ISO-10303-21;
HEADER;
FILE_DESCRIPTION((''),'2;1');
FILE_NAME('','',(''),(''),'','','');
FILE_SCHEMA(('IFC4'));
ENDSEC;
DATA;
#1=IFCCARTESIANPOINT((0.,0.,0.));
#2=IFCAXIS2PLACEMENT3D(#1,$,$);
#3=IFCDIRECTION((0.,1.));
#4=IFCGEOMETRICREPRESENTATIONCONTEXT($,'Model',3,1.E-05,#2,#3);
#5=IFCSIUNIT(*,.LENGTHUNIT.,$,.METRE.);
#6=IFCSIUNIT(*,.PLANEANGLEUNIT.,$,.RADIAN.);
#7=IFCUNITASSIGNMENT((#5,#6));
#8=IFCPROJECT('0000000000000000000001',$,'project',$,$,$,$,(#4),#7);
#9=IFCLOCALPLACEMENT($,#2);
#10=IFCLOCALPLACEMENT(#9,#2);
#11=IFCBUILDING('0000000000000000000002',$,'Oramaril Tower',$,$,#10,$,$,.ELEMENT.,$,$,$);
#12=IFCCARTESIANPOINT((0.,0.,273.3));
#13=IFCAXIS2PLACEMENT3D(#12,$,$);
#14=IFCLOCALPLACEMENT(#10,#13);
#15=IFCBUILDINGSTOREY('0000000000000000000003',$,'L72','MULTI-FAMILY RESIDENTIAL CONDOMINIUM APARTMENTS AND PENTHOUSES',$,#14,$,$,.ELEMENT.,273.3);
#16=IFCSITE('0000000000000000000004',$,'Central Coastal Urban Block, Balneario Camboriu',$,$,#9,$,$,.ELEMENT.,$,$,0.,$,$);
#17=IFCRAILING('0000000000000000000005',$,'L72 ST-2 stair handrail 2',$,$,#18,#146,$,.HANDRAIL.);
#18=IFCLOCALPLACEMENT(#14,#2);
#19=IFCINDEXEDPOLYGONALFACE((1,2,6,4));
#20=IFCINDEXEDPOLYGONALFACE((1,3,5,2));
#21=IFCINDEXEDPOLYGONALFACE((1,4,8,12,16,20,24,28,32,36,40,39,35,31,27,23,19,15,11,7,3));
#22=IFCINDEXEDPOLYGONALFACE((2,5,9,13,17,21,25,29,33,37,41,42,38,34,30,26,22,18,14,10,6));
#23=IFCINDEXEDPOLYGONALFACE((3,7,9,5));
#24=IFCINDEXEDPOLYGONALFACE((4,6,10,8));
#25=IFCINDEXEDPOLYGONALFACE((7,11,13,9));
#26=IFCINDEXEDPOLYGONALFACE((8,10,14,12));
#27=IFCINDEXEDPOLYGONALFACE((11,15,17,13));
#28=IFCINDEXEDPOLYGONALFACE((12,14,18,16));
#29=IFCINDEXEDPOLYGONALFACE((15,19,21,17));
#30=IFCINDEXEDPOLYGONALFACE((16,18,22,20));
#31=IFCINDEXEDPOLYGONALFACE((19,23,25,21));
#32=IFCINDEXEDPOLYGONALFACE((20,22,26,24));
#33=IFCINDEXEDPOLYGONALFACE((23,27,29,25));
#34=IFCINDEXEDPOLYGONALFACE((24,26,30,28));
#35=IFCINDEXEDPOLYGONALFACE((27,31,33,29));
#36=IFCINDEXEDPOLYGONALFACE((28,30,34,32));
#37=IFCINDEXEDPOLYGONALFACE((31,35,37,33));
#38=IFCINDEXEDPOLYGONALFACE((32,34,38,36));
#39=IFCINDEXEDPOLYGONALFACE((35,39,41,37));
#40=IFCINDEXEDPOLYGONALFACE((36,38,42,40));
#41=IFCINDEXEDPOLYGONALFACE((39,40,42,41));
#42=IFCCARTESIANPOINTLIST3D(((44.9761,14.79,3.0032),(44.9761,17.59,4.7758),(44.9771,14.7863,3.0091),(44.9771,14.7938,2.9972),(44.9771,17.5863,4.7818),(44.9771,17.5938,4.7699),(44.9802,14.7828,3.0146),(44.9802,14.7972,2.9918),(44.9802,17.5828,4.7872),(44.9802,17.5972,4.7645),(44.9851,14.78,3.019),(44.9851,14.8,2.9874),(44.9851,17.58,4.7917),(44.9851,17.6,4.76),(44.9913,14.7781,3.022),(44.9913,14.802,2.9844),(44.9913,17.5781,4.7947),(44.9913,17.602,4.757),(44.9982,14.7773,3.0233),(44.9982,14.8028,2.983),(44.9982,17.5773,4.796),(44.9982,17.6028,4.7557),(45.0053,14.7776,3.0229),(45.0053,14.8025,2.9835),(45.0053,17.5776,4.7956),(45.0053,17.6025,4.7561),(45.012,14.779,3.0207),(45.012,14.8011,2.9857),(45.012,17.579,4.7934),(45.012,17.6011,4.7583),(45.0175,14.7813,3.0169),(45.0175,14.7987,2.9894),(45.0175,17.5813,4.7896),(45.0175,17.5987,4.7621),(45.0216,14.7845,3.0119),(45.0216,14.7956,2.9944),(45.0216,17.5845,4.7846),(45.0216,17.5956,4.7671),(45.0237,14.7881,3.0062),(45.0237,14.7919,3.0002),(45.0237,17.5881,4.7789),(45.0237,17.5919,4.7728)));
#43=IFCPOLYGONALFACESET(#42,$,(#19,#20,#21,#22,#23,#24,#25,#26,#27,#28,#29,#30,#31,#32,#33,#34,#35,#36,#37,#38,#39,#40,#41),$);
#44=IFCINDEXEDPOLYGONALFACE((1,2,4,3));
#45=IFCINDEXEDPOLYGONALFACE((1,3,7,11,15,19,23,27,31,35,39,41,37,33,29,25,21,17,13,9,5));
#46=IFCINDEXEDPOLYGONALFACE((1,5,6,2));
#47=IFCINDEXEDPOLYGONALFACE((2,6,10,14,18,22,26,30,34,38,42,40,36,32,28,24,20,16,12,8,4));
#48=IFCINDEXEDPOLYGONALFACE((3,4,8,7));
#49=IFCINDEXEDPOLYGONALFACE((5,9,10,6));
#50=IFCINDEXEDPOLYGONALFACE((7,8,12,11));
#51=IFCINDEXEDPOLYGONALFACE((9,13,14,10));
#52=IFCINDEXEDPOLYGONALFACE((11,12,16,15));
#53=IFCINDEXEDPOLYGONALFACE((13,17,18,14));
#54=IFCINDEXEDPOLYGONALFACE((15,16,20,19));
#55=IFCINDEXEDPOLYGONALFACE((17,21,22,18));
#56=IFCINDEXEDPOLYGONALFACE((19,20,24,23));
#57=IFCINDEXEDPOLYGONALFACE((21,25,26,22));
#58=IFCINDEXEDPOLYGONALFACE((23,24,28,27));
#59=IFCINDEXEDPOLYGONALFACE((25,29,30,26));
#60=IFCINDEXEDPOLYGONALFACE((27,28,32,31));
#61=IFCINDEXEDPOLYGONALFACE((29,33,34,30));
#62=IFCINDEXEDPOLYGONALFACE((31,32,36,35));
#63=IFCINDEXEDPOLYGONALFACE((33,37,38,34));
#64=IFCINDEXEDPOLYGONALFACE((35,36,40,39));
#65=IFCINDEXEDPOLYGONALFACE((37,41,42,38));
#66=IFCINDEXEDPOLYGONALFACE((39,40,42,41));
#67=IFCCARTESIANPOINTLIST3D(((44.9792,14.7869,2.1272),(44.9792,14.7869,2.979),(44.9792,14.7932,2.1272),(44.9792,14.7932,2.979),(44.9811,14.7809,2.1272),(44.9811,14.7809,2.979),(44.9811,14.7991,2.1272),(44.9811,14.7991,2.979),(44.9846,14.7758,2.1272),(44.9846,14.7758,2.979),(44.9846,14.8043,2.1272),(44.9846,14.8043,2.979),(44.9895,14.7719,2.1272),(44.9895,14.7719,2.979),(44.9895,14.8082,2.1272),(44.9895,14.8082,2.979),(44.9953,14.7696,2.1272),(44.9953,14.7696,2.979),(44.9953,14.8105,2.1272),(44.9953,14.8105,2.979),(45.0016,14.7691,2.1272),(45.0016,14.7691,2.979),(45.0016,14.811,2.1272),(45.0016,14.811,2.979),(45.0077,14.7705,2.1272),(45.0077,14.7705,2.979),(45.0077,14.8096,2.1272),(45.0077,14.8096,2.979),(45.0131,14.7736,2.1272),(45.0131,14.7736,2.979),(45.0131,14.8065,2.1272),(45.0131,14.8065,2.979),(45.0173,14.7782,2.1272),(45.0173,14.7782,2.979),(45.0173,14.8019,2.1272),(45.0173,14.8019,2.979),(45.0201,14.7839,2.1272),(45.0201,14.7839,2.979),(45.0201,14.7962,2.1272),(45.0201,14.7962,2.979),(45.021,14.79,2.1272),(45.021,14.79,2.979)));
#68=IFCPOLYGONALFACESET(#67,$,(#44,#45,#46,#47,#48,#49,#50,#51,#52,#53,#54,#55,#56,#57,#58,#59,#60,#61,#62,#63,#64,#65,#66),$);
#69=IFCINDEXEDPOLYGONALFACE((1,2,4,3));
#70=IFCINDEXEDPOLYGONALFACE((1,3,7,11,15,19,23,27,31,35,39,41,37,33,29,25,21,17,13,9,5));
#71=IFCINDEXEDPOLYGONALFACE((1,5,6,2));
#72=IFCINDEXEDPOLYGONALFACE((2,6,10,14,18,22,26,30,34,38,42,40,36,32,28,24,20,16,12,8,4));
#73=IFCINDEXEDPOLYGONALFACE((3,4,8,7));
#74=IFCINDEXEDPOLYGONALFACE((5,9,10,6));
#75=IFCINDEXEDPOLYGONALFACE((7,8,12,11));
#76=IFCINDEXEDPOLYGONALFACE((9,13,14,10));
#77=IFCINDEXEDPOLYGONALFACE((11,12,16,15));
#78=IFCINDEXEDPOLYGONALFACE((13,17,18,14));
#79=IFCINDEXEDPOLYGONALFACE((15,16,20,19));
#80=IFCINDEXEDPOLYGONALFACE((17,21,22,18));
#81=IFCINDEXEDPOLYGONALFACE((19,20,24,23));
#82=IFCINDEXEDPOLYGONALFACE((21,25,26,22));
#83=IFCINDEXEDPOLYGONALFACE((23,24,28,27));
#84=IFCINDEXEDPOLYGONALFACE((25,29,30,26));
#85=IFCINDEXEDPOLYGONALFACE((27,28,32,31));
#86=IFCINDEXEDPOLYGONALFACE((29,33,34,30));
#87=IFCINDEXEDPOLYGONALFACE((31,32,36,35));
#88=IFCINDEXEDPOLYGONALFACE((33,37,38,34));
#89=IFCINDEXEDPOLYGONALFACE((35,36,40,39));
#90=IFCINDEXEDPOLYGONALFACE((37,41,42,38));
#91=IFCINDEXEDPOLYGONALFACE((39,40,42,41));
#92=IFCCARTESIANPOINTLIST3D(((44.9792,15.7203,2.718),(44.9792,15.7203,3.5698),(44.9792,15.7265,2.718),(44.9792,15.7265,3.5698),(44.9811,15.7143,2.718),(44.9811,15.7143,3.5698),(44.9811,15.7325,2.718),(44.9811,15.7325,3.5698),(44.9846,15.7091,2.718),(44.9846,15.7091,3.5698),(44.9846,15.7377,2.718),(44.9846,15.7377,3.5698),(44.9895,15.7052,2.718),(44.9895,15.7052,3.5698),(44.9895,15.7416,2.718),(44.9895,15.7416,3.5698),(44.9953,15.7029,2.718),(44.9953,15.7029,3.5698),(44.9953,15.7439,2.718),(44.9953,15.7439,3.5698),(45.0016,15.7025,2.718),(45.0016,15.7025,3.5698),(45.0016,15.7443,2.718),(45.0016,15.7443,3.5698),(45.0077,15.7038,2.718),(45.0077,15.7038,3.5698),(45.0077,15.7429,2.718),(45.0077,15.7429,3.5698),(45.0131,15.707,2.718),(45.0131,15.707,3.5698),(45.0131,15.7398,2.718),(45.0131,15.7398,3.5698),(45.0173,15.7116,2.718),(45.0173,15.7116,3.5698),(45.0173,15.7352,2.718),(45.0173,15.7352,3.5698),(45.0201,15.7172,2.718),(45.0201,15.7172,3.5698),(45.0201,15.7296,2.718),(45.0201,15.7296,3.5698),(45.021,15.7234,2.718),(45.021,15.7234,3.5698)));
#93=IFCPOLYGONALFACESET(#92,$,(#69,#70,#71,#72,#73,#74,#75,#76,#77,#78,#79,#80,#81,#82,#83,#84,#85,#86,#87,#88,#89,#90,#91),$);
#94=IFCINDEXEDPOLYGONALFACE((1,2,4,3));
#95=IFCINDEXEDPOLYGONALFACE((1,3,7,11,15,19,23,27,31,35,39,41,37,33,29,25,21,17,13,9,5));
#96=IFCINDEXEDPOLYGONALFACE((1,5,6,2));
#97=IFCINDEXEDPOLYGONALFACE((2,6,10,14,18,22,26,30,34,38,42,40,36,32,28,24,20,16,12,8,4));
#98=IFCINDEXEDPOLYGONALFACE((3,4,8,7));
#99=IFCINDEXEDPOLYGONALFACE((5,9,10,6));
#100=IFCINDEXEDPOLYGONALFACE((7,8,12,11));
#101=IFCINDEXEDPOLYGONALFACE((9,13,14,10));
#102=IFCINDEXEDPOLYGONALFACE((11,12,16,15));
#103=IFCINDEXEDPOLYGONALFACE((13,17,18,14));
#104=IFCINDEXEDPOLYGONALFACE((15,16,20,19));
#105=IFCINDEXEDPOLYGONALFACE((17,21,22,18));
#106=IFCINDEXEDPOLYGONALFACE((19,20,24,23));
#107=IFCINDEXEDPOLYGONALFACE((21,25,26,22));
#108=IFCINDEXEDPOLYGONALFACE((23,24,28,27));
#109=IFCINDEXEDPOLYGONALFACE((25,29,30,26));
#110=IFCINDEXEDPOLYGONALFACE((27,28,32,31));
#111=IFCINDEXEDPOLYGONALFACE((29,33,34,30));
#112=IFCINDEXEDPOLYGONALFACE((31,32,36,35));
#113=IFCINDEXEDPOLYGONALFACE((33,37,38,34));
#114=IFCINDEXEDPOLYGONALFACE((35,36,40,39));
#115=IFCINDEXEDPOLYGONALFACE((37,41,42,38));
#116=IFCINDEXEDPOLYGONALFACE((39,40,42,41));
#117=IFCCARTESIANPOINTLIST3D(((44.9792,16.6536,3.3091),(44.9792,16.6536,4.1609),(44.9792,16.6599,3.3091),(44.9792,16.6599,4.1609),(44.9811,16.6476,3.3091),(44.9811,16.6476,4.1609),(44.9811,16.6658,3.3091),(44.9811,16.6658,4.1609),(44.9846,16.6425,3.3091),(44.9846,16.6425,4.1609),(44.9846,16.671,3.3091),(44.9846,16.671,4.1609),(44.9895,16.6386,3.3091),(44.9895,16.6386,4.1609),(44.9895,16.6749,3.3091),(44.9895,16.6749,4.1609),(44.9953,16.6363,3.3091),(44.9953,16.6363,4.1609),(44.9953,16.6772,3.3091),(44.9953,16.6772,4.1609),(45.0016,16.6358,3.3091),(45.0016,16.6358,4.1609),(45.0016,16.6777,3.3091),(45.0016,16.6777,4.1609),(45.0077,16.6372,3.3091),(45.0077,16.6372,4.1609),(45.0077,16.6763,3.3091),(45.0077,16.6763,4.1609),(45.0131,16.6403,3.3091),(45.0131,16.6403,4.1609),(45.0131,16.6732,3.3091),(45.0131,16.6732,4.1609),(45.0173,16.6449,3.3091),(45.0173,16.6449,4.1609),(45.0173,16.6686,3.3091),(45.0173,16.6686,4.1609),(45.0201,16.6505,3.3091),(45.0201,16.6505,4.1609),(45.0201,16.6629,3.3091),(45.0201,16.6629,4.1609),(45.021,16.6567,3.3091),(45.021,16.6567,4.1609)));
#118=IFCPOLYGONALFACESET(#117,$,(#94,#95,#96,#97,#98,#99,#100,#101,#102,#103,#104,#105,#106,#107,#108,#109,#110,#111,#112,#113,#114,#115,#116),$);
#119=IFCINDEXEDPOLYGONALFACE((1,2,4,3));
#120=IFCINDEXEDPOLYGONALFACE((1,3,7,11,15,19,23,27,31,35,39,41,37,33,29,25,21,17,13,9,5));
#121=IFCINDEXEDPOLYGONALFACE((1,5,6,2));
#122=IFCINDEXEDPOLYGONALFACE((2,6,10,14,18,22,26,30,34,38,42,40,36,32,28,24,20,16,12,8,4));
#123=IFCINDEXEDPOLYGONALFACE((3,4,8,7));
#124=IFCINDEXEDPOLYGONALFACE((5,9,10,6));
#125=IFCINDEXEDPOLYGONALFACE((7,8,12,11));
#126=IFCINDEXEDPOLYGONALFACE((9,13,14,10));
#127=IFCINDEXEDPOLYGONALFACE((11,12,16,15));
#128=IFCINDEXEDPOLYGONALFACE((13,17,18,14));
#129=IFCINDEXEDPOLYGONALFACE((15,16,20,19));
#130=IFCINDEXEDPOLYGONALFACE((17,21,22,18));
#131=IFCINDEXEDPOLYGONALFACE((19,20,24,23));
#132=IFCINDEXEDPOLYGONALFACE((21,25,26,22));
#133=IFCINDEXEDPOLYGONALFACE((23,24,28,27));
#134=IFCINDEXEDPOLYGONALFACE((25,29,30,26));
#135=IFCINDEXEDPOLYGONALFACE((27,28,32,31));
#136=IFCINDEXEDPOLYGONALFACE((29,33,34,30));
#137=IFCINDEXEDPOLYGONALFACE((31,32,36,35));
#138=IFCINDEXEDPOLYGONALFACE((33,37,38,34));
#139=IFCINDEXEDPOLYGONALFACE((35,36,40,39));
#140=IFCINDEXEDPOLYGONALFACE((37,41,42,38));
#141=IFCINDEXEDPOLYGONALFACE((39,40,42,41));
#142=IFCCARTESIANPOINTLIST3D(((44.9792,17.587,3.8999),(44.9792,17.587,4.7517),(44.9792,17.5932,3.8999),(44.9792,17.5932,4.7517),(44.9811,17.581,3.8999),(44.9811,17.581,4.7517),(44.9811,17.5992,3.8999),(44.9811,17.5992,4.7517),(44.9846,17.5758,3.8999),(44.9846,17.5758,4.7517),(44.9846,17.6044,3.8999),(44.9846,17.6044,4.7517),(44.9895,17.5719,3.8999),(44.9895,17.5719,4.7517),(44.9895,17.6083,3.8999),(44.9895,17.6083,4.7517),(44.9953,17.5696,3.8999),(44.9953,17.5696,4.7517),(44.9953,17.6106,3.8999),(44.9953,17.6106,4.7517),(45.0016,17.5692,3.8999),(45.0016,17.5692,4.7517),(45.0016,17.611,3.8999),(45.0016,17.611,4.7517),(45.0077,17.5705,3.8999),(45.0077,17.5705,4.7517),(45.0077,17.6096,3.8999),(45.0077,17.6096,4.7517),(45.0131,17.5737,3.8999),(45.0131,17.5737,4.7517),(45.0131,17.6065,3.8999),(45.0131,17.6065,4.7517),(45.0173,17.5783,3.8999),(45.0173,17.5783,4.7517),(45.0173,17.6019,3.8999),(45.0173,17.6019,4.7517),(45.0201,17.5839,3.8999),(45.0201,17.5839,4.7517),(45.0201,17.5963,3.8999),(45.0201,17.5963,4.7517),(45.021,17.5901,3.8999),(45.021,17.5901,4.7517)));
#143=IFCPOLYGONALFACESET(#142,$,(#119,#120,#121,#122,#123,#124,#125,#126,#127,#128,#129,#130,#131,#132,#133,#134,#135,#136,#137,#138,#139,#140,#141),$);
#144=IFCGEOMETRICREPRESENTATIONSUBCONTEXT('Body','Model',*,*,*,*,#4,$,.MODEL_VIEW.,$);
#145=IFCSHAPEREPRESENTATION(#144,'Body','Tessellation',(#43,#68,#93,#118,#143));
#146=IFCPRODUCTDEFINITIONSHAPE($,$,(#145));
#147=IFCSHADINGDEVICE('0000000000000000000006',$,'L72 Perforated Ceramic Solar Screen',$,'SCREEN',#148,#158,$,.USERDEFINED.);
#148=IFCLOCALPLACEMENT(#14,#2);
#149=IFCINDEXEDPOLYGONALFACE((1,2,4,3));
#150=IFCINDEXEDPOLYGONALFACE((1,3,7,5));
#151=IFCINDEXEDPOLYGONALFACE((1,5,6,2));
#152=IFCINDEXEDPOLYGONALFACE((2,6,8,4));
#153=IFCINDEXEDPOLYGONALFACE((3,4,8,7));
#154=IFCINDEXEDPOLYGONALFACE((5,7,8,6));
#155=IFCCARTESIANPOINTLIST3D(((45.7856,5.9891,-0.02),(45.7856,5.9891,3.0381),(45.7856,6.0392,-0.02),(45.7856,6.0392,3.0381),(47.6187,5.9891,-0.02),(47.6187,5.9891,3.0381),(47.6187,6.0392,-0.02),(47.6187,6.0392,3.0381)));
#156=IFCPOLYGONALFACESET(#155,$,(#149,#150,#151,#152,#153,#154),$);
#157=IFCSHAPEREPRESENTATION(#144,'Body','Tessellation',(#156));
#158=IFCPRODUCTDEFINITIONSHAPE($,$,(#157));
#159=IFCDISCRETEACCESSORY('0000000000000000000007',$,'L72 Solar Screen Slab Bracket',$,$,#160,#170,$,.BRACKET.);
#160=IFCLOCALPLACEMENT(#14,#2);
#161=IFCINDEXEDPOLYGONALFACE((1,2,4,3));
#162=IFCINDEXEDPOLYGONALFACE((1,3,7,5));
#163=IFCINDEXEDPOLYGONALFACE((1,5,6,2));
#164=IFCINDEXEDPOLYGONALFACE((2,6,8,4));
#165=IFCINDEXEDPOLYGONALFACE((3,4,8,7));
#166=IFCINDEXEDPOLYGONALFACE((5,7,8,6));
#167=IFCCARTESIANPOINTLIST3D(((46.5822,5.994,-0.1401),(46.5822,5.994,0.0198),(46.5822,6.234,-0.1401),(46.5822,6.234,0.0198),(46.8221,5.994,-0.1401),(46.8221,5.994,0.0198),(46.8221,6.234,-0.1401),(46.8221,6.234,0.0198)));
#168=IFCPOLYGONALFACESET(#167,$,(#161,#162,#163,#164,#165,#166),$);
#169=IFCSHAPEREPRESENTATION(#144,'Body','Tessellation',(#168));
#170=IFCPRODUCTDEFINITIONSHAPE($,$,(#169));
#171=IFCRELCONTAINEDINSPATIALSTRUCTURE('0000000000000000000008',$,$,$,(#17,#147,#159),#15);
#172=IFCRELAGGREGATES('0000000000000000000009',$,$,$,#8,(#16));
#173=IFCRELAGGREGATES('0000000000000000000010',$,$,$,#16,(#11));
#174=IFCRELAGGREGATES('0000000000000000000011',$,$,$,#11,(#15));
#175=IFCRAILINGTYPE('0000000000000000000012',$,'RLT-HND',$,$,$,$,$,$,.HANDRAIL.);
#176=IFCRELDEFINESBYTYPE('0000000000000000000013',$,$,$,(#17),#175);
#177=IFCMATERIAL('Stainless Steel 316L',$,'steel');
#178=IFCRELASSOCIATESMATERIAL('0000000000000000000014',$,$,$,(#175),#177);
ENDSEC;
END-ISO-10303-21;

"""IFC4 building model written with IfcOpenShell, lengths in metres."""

from ifc_helpers import new_model, si_unit, direction, frame, origin, origin_2d, place, context, subcontext, project, spatial, rectangle, circle, extrude, material, type_object, element, save


model = new_model("IFC4")

# Units and contexts
model_context = context("Model", 3, precision=1e-05, world=origin(), true_north=direction((0.0, 1.0)))
body_context = subcontext(model_context, "Body", "Model", "MODEL_VIEW")
ifc_project = project(units=[si_unit("LENGTHUNIT", "METRE"), si_unit("PLANEANGLEUNIT", "RADIAN")], contexts=[model_context])

# Site, building, storey
site_placement = place(None, origin())
site = spatial("IfcSite", under=ifc_project, at=site_placement, Name="Central Coastal Urban Block, Balneario Camboriu", CompositionType="ELEMENT", RefElevation=0.0)
building_placement = place(site_placement, origin())
building = spatial("IfcBuilding", under=site, at=building_placement, Name="Oramaril Tower", CompositionType="ELEMENT")
storey_placement = place(building_placement, frame((0.0, 0.0, 273.3)))
storey = spatial("IfcBuildingStorey", under=building, at=storey_placement, Name="L72", Description="MULTI-FAMILY RESIDENTIAL CONDOMINIUM APARTMENTS AND PENTHOUSES", CompositionType="ELEMENT", Elevation=273.3)

# Railing
ifc_material_1 = material(Name="Stainless Steel 316L", Category="steel")
railing_type_1 = type_object("IfcRailingType", Name="RLT-HND", PredefinedType="HANDRAIL", material=ifc_material_1)
railing_1_placement = place(storey_placement, frame((45.0, 14.79, 2.1272)))
element("IfcRailing", 1, at=railing_1_placement, inside=storey, type_object=railing_type_1, Name="L72 ST-2 stair handrail 2", PredefinedType="HANDRAIL", context=body_context, shape_type="SweptSolid", body=[
    extrude(circle(Radius=0.0239, at=origin_2d()), frame((0.0, 0.0, 0.876), z_axis=(0.0, 0.844909, 0.53491), x_axis=(-1.0, 0.0, 0.0)), (0.0, 0.0, 1.0), 3.314),
    extrude(circle(Radius=0.021, at=origin_2d()), origin(), (0.0, 0.0, 1.0), 0.8518),
    extrude(circle(Radius=0.021, at=origin_2d()), frame((0.0, 0.9333, 0.5908)), (0.0, 0.0, 1.0), 0.8518),
    extrude(circle(Radius=0.021, at=origin_2d()), frame((0.0, 1.8667, 1.1819)), (0.0, 0.0, 1.0), 0.8518),
    extrude(circle(Radius=0.021, at=origin_2d()), frame((0.0, 2.8, 1.7727)), (0.0, 0.0, 1.0), 0.8518),
])

# Shading device
shading_device_placement = place(storey_placement, frame((46.7021, 6.0142, -0.02), z_axis=(0.0, 0.0, 1.0), x_axis=(1.0, 0.0, 0.0)))
element("IfcShadingDevice", 2, at=shading_device_placement, inside=storey, Name="L72 Perforated Ceramic Solar Screen", ObjectType="SCREEN", PredefinedType="USERDEFINED", context=body_context, shape_type="SweptSolid", body=[
    extrude(rectangle(XDim=1.833, YDim=0.05, at=origin_2d()), origin(), (0.0, 0.0, 1.0), 3.0581),
])

# Discrete accessory
discrete_accessory_placement = place(storey_placement, frame((46.7021, 6.114, -0.1401), z_axis=(0.0, 0.0, 1.0), x_axis=(1.0, 0.0, 0.0)))
element("IfcDiscreteAccessory", 3, at=discrete_accessory_placement, inside=storey, Name="L72 Solar Screen Slab Bracket", PredefinedType="BRACKET", context=body_context, shape_type="SweptSolid", body=[
    extrude(rectangle(XDim=0.24, YDim=0.24, at=origin_2d()), origin(), (0.0, 0.0, 1.0), 0.1599),
])

save(model, "model.ifc")
